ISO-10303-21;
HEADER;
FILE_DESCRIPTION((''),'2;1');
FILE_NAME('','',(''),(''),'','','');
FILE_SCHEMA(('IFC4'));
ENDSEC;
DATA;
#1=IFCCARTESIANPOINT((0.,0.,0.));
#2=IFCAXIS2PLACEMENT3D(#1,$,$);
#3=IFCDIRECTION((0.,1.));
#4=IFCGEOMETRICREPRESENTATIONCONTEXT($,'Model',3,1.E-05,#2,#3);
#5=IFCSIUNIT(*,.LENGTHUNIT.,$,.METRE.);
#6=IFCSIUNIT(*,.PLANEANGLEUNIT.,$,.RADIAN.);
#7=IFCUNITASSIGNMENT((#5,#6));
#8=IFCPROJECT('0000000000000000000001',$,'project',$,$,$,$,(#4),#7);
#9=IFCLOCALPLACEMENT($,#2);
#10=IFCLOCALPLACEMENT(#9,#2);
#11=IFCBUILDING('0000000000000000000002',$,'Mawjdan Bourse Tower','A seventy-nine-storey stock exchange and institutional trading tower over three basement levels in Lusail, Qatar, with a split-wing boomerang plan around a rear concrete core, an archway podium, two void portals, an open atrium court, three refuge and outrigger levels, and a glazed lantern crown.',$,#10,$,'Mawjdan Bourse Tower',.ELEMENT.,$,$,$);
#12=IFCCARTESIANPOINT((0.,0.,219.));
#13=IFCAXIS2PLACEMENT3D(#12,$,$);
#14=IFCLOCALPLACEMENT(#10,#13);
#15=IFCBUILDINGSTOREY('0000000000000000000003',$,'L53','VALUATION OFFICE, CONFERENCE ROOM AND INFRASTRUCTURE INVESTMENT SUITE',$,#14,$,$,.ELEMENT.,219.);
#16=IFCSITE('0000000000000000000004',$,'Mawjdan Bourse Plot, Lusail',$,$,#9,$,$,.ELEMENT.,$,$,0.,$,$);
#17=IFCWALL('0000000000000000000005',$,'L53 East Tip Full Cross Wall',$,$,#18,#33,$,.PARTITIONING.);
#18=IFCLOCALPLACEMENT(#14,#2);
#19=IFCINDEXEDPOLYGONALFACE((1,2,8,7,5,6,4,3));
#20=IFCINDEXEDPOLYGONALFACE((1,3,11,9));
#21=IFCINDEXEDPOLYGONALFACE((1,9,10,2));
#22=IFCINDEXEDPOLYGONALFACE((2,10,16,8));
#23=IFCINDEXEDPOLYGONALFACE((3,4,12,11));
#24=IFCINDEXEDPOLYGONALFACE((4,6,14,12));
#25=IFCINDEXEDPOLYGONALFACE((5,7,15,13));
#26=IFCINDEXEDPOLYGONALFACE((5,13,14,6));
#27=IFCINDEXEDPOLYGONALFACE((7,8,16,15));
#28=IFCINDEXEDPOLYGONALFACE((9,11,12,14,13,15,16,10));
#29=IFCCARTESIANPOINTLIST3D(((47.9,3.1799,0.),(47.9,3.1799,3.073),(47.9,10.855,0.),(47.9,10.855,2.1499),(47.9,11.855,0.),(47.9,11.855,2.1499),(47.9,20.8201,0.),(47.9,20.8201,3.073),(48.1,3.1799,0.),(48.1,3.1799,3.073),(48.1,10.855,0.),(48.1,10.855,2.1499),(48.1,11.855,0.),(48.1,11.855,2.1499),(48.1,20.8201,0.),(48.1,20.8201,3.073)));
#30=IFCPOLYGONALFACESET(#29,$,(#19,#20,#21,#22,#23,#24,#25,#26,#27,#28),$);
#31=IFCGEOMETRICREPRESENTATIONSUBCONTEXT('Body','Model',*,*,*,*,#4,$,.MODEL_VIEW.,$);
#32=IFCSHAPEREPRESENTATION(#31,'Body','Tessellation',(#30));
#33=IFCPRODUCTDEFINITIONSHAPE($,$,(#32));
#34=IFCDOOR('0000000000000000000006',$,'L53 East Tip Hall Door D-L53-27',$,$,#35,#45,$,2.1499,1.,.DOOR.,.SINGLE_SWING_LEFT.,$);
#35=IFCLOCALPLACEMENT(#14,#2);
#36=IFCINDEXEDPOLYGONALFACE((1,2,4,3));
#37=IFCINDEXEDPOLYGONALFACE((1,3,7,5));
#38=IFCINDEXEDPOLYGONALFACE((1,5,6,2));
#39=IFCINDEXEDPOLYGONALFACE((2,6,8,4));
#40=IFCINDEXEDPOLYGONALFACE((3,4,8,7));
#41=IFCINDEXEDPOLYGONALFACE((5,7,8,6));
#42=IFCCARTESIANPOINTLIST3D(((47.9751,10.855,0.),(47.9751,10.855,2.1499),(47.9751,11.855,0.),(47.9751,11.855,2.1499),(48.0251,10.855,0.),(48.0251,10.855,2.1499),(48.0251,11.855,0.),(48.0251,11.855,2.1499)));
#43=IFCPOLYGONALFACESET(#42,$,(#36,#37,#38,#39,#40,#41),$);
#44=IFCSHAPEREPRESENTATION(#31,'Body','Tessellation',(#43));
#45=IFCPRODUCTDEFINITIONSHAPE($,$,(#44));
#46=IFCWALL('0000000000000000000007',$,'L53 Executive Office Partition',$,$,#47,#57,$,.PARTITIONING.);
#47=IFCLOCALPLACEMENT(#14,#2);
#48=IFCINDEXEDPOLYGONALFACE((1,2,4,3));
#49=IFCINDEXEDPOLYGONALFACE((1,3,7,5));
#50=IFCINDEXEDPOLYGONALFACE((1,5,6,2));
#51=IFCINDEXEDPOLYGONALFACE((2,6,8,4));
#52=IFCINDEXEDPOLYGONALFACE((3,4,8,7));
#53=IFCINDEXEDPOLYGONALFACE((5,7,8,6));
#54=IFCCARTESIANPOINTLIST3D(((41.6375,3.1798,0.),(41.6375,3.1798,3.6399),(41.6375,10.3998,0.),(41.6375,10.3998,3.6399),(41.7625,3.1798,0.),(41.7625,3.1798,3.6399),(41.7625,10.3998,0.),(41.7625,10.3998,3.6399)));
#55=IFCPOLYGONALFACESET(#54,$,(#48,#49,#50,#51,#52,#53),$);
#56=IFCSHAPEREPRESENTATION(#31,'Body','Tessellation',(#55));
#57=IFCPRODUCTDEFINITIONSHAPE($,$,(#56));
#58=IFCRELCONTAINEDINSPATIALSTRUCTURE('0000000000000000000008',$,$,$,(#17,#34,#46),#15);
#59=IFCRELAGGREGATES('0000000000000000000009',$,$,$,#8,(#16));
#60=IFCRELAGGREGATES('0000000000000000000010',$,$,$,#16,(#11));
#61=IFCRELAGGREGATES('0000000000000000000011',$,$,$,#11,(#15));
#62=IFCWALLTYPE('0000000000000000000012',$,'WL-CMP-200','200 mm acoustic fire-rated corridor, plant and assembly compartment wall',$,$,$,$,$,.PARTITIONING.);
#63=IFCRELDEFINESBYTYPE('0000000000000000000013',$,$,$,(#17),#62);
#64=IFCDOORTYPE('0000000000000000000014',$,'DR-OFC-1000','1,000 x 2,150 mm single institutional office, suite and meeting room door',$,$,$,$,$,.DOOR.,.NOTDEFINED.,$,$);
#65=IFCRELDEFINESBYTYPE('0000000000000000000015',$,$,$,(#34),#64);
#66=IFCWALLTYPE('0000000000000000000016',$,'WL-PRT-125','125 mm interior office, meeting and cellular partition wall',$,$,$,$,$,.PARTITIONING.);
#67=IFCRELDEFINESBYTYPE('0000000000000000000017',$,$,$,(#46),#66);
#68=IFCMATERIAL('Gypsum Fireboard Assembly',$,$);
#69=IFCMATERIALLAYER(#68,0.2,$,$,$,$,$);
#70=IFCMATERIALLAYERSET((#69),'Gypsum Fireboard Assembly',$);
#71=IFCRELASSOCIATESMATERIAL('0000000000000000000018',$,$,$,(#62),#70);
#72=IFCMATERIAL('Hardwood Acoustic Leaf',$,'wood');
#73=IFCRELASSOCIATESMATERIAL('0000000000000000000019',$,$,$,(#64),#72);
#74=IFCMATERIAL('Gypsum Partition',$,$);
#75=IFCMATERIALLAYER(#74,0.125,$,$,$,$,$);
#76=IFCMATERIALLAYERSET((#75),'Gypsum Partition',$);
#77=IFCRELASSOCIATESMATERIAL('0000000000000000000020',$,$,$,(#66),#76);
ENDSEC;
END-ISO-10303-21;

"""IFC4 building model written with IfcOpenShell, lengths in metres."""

from ifc_helpers import new_model, si_unit, direction, frame, frame_2d, origin, place, context, subcontext, project, spatial, rectangle, extrude, material, layer, layer_set, type_object, element, fill, save


model = new_model("IFC4")

# Units and contexts
model_context = context("Model", 3, precision=1e-05, world=origin(), true_north=direction((0.0, 1.0)))
body_context = subcontext(model_context, "Body", "Model", "MODEL_VIEW")
ifc_project = project(units=[si_unit("LENGTHUNIT", "METRE"), si_unit("PLANEANGLEUNIT", "RADIAN")], contexts=[model_context])

# Site, building, storey
site_placement = place(None, origin())
site = spatial("IfcSite", under=ifc_project, at=site_placement, Name="Mawjdan Bourse Plot, Lusail", CompositionType="ELEMENT", RefElevation=0.0)
building_placement = place(site_placement, origin())
building = spatial("IfcBuilding", under=site, at=building_placement, Name="Mawjdan Bourse Tower", Description="A seventy-nine-storey stock exchange and institutional trading tower over three basement levels in Lusail, Qatar, with a split-wing boomerang plan around a rear concrete core, an archway podium, two void portals, an open atrium court, three refuge and outrigger levels, and a glazed lantern crown.", LongName="Mawjdan Bourse Tower", CompositionType="ELEMENT")
storey_placement = place(building_placement, frame((0.0, 0.0, 219.0)))
storey = spatial("IfcBuildingStorey", under=building, at=storey_placement, Name="L53", Description="VALUATION OFFICE, CONFERENCE ROOM AND INFRASTRUCTURE INVESTMENT SUITE", CompositionType="ELEMENT", Elevation=219.0)

# Wall, opening, door
ifc_material_1 = material(Name="Gypsum Fireboard Assembly")
ifc_layer_1 = layer(ifc_material_1, 0.2)
ifc_layer_set_1 = layer_set([ifc_layer_1], Name="Gypsum Fireboard Assembly")
wall_type_1 = type_object("IfcWallType", Name="WL-CMP-200", Description="200 mm acoustic fire-rated corridor, plant and assembly compartment wall", PredefinedType="PARTITIONING", material=ifc_layer_set_1)
ifc_material_2 = material(Name="Hardwood Acoustic Leaf", Category="wood")
door_type = type_object("IfcDoorType", Name="DR-OFC-1000", Description="1,000 x 2,150 mm single institutional office, suite and meeting room door", OperationType="NOTDEFINED", PredefinedType="DOOR", material=ifc_material_2)
wall_1_placement = place(storey_placement, frame((48.0, 3.1799, 0.0), z_axis=(0.0, 0.0, 1.0), x_axis=(0.0, 1.0, 0.0)))
wall_1 = element("IfcWall", 1, at=wall_1_placement, inside=storey, type_object=wall_type_1, Name="L53 East Tip Full Cross Wall", PredefinedType="PARTITIONING", context=body_context, shape_type="SweptSolid", body=[
    extrude(rectangle(XDim=17.6401, YDim=0.2, at=frame_2d((8.8201, 0.0))), origin(), (0.0, 0.0, 1.0), 3.073),
])
opening_1_placement = place(wall_1_placement, frame((7.675, 0.0, 0.0)))
opening_1 = element("IfcOpeningElement", 2, at=opening_1_placement, cuts=wall_1, PredefinedType="OPENING", context=body_context, shape_type="SweptSolid", body=[
    extrude(rectangle(XDim=1.0, YDim=2.1499, at=frame_2d((0.5, 1.075))), frame((0.0, 0.1099, 0.0), z_axis=(0.0, -1.0, 0.0), x_axis=(1.0, 0.0, 0.0)), (0.0, 0.0, 1.0), 0.22),
])
door_1_placement = place(opening_1_placement, origin())
door_1 = element("IfcDoor", 3, at=door_1_placement, inside=storey, type_object=door_type, Name="L53 East Tip Hall Door D-L53-27", OperationType="SINGLE_SWING_LEFT", OverallHeight=2.1499, OverallWidth=1.0, PredefinedType="DOOR", context=body_context, shape_type="SweptSolid", body=[
    extrude(rectangle(XDim=1.0, YDim=2.1499, at=frame_2d((0.5, 1.075))), frame((0.0, 0.0249, 0.0), z_axis=(0.0, -1.0, 0.0), x_axis=(1.0, 0.0, 0.0)), (0.0, 0.0, 1.0), 0.05),
])
fill(opening_1, door_1)

# Wall
ifc_material_3 = material(Name="Gypsum Partition")
ifc_layer_2 = layer(ifc_material_3, 0.125)
ifc_layer_set_2 = layer_set([ifc_layer_2], Name="Gypsum Partition")
wall_type_2 = type_object("IfcWallType", Name="WL-PRT-125", Description="125 mm interior office, meeting and cellular partition wall", PredefinedType="PARTITIONING", material=ifc_layer_set_2)
wall_2_placement = place(storey_placement, frame((41.7, 3.1799, 0.0), z_axis=(0.0, 0.0, 1.0), x_axis=(0.0, 1.0, 0.0)))
element("IfcWall", 4, at=wall_2_placement, inside=storey, type_object=wall_type_2, Name="L53 Executive Office Partition", PredefinedType="PARTITIONING", context=body_context, shape_type="SweptSolid", body=[
    extrude(rectangle(XDim=7.22, YDim=0.125, at=frame_2d((3.6099, 0.0))), origin(), (0.0, 0.0, 1.0), 3.6399),
])

save(model, "model.ifc")
